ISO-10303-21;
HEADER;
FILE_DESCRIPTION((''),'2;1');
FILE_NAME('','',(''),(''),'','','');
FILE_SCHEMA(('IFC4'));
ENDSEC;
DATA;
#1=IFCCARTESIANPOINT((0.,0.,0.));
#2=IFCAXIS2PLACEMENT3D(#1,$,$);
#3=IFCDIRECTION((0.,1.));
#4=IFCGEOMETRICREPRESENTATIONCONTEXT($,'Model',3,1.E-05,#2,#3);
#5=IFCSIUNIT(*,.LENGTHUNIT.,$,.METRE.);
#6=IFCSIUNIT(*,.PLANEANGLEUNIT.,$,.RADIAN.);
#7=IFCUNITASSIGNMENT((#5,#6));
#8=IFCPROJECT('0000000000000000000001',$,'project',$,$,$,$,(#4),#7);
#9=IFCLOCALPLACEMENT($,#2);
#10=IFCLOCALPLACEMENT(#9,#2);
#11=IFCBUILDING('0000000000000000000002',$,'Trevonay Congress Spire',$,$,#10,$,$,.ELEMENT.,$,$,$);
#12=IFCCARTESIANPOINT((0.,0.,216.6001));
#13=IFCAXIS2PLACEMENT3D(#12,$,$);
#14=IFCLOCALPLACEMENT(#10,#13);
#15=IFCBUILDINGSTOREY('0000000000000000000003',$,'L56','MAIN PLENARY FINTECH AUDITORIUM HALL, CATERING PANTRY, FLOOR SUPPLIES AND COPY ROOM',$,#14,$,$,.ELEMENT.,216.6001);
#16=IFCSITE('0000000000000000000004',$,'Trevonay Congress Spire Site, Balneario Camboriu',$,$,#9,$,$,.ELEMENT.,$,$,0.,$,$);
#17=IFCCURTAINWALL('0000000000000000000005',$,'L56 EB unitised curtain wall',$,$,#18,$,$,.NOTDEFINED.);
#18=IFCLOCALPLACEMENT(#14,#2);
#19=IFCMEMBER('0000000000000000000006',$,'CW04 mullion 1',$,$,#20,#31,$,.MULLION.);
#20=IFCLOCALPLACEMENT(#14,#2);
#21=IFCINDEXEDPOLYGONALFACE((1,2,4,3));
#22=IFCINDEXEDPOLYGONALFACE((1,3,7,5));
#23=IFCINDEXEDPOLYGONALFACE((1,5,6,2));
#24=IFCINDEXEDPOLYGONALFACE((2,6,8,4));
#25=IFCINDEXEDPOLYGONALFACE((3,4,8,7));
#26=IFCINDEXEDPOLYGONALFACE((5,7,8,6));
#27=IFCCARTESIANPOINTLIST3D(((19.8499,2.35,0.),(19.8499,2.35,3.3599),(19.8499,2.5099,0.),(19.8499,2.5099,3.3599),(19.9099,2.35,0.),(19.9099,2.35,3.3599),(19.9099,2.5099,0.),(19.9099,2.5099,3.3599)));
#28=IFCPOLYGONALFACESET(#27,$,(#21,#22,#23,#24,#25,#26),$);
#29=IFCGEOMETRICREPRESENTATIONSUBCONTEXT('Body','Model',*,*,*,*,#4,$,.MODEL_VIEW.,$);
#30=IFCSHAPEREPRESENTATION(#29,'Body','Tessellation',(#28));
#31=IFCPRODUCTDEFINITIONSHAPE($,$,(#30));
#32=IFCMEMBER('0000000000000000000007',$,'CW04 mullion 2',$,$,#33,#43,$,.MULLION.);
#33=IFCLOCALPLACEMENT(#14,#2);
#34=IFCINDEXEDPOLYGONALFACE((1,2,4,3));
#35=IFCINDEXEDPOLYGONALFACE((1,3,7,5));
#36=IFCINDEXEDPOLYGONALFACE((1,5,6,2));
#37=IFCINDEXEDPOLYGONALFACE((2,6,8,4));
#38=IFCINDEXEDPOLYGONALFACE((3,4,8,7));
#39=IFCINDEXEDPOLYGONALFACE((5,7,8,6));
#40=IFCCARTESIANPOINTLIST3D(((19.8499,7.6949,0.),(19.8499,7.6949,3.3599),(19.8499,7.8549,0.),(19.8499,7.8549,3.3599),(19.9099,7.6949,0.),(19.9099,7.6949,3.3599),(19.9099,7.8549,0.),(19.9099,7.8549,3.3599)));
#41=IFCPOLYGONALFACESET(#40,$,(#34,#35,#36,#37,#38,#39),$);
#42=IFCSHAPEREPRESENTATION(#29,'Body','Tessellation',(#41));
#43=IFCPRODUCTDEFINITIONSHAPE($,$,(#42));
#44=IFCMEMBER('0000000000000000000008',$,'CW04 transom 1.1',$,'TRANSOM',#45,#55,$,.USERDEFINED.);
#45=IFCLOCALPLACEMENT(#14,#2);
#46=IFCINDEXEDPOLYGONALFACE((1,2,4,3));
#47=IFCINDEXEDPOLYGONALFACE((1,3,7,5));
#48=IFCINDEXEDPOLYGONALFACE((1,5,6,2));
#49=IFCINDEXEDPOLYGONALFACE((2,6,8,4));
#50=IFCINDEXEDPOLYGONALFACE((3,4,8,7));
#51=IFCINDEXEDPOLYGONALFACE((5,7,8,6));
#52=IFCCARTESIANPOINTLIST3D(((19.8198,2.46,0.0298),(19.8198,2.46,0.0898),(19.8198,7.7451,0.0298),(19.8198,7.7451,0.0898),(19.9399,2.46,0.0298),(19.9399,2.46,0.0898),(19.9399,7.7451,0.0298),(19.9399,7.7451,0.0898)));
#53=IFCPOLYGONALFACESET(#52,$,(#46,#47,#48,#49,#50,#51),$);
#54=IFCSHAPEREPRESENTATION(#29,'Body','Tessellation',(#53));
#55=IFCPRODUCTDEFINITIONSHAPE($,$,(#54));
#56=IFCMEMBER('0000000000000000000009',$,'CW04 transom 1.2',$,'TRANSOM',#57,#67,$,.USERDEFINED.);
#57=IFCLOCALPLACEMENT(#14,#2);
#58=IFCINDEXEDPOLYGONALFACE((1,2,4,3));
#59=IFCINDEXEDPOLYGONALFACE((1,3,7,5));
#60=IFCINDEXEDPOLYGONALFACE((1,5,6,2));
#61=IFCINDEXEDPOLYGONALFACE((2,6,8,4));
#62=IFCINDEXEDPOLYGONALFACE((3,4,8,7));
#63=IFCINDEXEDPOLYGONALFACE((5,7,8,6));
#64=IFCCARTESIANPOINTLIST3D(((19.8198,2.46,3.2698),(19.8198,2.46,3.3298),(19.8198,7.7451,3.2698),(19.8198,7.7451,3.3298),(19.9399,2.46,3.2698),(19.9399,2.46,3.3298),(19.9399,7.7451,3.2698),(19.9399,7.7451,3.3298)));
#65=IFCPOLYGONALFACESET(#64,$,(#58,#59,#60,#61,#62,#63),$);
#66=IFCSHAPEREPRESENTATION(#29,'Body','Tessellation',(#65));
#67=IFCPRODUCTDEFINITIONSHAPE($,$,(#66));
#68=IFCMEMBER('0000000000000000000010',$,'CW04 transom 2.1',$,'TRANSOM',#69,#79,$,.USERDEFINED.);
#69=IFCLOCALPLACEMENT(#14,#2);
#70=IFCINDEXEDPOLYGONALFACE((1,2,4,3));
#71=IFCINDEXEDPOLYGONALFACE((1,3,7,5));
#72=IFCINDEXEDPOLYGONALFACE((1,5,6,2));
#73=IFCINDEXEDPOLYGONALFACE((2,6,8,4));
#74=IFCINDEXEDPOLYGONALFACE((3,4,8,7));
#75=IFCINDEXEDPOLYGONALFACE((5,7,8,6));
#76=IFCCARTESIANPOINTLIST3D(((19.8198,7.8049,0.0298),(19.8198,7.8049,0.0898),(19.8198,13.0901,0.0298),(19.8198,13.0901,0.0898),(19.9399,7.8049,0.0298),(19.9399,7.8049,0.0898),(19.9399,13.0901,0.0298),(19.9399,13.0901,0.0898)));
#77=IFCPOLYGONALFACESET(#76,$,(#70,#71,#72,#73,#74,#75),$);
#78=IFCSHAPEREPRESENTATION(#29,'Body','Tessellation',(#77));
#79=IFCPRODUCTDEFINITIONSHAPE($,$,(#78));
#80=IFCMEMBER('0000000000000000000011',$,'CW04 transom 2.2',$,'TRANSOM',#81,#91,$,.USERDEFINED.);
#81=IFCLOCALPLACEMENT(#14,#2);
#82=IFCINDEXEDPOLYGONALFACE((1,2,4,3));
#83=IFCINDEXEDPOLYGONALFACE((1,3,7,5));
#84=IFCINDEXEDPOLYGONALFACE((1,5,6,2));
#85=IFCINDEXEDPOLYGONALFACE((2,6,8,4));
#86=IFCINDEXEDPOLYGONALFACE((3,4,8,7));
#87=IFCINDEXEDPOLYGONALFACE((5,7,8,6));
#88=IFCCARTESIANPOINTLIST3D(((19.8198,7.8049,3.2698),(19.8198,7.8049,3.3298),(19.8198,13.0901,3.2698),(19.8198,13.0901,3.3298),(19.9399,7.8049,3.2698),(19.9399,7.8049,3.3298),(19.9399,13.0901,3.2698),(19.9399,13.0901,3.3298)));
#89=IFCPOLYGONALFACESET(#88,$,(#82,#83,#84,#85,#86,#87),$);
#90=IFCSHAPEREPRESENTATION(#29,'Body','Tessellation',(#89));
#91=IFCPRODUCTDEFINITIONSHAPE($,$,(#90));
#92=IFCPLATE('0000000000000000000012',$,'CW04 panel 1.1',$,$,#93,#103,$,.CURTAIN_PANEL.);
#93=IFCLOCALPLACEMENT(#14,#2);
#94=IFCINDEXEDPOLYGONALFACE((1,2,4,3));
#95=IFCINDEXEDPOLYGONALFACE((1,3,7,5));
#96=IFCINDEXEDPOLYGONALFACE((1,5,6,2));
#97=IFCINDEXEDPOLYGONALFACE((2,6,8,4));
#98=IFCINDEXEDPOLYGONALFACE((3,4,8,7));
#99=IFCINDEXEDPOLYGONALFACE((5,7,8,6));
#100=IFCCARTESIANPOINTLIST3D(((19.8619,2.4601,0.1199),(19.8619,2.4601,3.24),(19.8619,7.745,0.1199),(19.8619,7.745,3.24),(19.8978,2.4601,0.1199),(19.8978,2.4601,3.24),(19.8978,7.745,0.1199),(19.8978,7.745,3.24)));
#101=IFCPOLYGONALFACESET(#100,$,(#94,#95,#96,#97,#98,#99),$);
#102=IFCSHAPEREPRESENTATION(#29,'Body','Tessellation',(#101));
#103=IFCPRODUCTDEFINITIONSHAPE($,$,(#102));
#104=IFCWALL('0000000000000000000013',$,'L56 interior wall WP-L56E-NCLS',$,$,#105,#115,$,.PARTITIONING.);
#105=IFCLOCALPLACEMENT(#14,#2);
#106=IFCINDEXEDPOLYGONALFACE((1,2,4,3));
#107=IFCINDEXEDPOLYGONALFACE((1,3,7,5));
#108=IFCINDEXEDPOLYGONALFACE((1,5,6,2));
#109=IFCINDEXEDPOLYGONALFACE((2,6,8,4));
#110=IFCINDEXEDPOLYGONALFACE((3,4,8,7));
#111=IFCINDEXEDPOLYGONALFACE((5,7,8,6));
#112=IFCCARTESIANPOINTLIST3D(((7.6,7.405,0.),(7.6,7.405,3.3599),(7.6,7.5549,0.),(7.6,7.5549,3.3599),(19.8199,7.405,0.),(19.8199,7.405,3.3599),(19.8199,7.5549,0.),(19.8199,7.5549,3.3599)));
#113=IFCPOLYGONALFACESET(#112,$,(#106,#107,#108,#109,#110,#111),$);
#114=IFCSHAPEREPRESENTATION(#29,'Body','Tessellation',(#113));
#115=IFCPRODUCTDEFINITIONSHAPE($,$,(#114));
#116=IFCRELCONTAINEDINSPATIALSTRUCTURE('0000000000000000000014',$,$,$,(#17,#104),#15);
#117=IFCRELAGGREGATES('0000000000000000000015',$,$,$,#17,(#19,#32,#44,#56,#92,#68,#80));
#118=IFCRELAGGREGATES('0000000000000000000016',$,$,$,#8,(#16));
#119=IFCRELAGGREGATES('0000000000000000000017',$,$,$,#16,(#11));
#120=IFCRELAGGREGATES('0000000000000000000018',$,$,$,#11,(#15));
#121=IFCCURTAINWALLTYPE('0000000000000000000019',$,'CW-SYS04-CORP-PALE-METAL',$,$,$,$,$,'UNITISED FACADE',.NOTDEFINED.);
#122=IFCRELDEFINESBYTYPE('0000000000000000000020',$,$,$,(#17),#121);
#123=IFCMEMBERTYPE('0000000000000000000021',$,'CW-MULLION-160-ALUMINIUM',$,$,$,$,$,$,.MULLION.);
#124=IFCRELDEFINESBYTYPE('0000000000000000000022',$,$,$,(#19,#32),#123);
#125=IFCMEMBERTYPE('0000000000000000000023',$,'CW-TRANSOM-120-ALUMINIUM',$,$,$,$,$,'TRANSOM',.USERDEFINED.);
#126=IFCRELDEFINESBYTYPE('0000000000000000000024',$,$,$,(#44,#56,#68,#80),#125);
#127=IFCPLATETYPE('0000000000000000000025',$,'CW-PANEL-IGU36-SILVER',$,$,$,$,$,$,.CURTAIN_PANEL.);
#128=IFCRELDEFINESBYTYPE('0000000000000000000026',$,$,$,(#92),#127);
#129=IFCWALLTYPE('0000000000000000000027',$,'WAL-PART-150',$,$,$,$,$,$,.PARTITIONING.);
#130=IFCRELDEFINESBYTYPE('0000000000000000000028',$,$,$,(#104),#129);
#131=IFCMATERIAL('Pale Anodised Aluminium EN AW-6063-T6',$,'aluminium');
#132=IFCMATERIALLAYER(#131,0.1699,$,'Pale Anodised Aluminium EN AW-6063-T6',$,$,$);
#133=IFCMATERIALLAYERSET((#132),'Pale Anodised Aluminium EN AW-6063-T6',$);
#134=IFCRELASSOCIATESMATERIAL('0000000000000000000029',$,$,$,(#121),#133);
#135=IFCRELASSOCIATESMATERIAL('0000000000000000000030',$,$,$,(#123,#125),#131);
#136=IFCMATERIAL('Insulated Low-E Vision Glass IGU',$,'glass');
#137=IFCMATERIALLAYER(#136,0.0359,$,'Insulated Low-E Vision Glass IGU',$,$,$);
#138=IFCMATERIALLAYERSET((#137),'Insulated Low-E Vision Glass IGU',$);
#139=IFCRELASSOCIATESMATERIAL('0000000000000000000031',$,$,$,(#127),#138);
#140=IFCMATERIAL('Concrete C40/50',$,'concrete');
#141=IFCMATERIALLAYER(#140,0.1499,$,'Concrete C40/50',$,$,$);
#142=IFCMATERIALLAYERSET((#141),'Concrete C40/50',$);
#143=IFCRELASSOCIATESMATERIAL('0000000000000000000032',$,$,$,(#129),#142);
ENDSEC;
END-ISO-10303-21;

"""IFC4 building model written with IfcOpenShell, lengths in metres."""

from ifc_helpers import new_model, si_unit, direction, frame, frame_2d, origin, origin_2d, place, context, subcontext, project, spatial, rectangle, extrude, material, layer, layer_set, material_profile, profile_set, type_object, element, aggregate, save


model = new_model("IFC4")

# Units and contexts
model_context = context("Model", 3, precision=1e-05, world=origin(), true_north=direction((0.0, 1.0)))
body_context = subcontext(model_context, "Body", "Model", "MODEL_VIEW")
ifc_project = project(units=[si_unit("LENGTHUNIT", "METRE"), si_unit("PLANEANGLEUNIT", "RADIAN")], contexts=[model_context])

# Site, building, storey
site_placement = place(None, origin())
site = spatial("IfcSite", under=ifc_project, at=site_placement, Name="Trevonay Congress Spire Site, Balneario Camboriu", CompositionType="ELEMENT", RefElevation=0.0)
building_placement = place(site_placement, origin())
building = spatial("IfcBuilding", under=site, at=building_placement, Name="Trevonay Congress Spire", CompositionType="ELEMENT")
storey_placement = place(building_placement, frame((0.0, 0.0, 216.6001)))
storey = spatial("IfcBuildingStorey", under=building, at=storey_placement, Name="L56", Description="MAIN PLENARY FINTECH AUDITORIUM HALL, CATERING PANTRY, FLOOR SUPPLIES AND COPY ROOM", CompositionType="ELEMENT", Elevation=216.6001)

# Curtain wall, members, plate
ifc_material_1 = material(Name="Pale Anodised Aluminium EN AW-6063-T6", Category="aluminium")
ifc_layer_1 = layer(ifc_material_1, 0.1699, Name="Pale Anodised Aluminium EN AW-6063-T6")
ifc_layer_set_1 = layer_set([ifc_layer_1], Name="Pale Anodised Aluminium EN AW-6063-T6")
curtain_wall_type = type_object("IfcCurtainWallType", Name="CW-SYS04-CORP-PALE-METAL", ElementType="UNITISED FACADE", PredefinedType="NOTDEFINED", material=ifc_layer_set_1)
curtain_wall_placement = place(storey_placement, origin())
curtain_wall = element("IfcCurtainWall", 1, at=curtain_wall_placement, inside=storey, type_object=curtain_wall_type, Name="L56 EB unitised curtain wall", PredefinedType="NOTDEFINED")
ifc_material_profile_1 = material_profile(ifc_material_1, rectangle(XDim=0.0601, YDim=0.1599, at=origin_2d()), Name="CW-MULLION-160-ALUMINIUM")
ifc_profile_set_1 = profile_set([ifc_material_profile_1], Name="Pale Anodised Aluminium EN AW-6063-T6")
member_type_1 = type_object("IfcMemberType", Name="CW-MULLION-160-ALUMINIUM", PredefinedType="MULLION", material=ifc_profile_set_1)
member_1_placement = place(storey_placement, frame((19.8799, 2.4299, 0.0), z_axis=(0.0, 0.0, 1.0), x_axis=(-1.0, 0.0, 0.0)))
member_1 = element("IfcMember", 2, at=member_1_placement, type_object=member_type_1, Name="CW04 mullion 1", PredefinedType="MULLION", context=body_context, shape_type="SweptSolid", body=[
    extrude(rectangle(XDim=0.0601, YDim=0.1599, at=origin_2d()), origin(), (0.0, 0.0, 1.0), 3.3599),
])
member_2_placement = place(storey_placement, frame((19.8799, 7.7749, 0.0), z_axis=(0.0, 0.0, 1.0), x_axis=(-1.0, 0.0, 0.0)))
member_2 = element("IfcMember", 3, at=member_2_placement, type_object=member_type_1, Name="CW04 mullion 2", PredefinedType="MULLION", context=body_context, shape_type="SweptSolid", body=[
    extrude(rectangle(XDim=0.0601, YDim=0.1599, at=origin_2d()), origin(), (0.0, 0.0, 1.0), 3.3599),
])
ifc_material_profile_2 = material_profile(ifc_material_1, rectangle(XDim=0.1201, YDim=0.0601, at=origin_2d()), Name="CW-TRANSOM-120-ALUMINIUM")
ifc_profile_set_2 = profile_set([ifc_material_profile_2], Name="Pale Anodised Aluminium EN AW-6063-T6")
member_type_2 = type_object("IfcMemberType", Name="CW-TRANSOM-120-ALUMINIUM", ElementType="TRANSOM", PredefinedType="USERDEFINED", material=ifc_profile_set_2)
member_3_placement = place(storey_placement, frame((19.8799, 2.46, 0.0598), z_axis=(0.0, 1.0, 0.0), x_axis=(-1.0, 0.0, 0.0)))
member_3 = element("IfcMember", 4, at=member_3_placement, type_object=member_type_2, Name="CW04 transom 1.1", ObjectType="TRANSOM", PredefinedType="USERDEFINED", context=body_context, shape_type="SweptSolid", body=[
    extrude(rectangle(XDim=0.1201, YDim=0.0601, at=origin_2d()), origin(), (0.0, 0.0, 1.0), 5.2852),
])
member_4_placement = place(storey_placement, frame((19.8799, 2.46, 3.2998), z_axis=(0.0, 1.0, 0.0), x_axis=(-1.0, 0.0, 0.0)))
member_4 = element("IfcMember", 5, at=member_4_placement, type_object=member_type_2, Name="CW04 transom 1.2", ObjectType="TRANSOM", PredefinedType="USERDEFINED", context=body_context, shape_type="SweptSolid", body=[
    extrude(rectangle(XDim=0.1201, YDim=0.0601, at=origin_2d()), origin(), (0.0, 0.0, 1.0), 5.2852),
])
member_5_placement = place(storey_placement, frame((19.8799, 7.8049, 0.0598), z_axis=(0.0, 1.0, 0.0), x_axis=(-1.0, 0.0, 0.0)))
member_5 = element("IfcMember", 6, at=member_5_placement, type_object=member_type_2, Name="CW04 transom 2.1", ObjectType="TRANSOM", PredefinedType="USERDEFINED", context=body_context, shape_type="SweptSolid", body=[
    extrude(rectangle(XDim=0.1201, YDim=0.0601, at=origin_2d()), origin(), (0.0, 0.0, 1.0), 5.2852),
])
member_6_placement = place(storey_placement, frame((19.8799, 7.8049, 3.2998), z_axis=(0.0, 1.0, 0.0), x_axis=(-1.0, 0.0, 0.0)))
member_6 = element("IfcMember", 7, at=member_6_placement, type_object=member_type_2, Name="CW04 transom 2.2", ObjectType="TRANSOM", PredefinedType="USERDEFINED", context=body_context, shape_type="SweptSolid", body=[
    extrude(rectangle(XDim=0.1201, YDim=0.0601, at=origin_2d()), origin(), (0.0, 0.0, 1.0), 5.2852),
])
ifc_material_2 = material(Name="Insulated Low-E Vision Glass IGU", Category="glass")
ifc_layer_2 = layer(ifc_material_2, 0.0359, Name="Insulated Low-E Vision Glass IGU")
ifc_layer_set_2 = layer_set([ifc_layer_2], Name="Insulated Low-E Vision Glass IGU")
plate_type = type_object("IfcPlateType", Name="CW-PANEL-IGU36-SILVER", PredefinedType="CURTAIN_PANEL", material=ifc_layer_set_2)
plate_placement = place(storey_placement, frame((19.8799, 5.1025, 0.1199), z_axis=(0.0, 0.0, 1.0), x_axis=(0.0, 1.0, 0.0)))
plate = element("IfcPlate", 8, at=plate_placement, type_object=plate_type, Name="CW04 panel 1.1", PredefinedType="CURTAIN_PANEL", context=body_context, shape_type="SweptSolid", body=[
    extrude(rectangle(XDim=5.2849, YDim=0.0359, at=origin_2d()), origin(), (0.0, 0.0, 1.0), 3.1201),
])
aggregate(curtain_wall, [member_1, member_2, member_3, member_4, plate, member_5, member_6])

# Wall
ifc_material_3 = material(Name="Concrete C40/50", Category="concrete")
ifc_layer_3 = layer(ifc_material_3, 0.1499, Name="Concrete C40/50")
ifc_layer_set_3 = layer_set([ifc_layer_3], Name="Concrete C40/50")
wall_type = type_object("IfcWallType", Name="WAL-PART-150", PredefinedType="PARTITIONING", material=ifc_layer_set_3)
wall_placement = place(storey_placement, frame((7.6001, 7.48, 0.0), z_axis=(0.0, 0.0, 1.0), x_axis=(1.0, 0.0, 0.0)))
element("IfcWall", 9, at=wall_placement, inside=storey, type_object=wall_type, Name="L56 interior wall WP-L56E-NCLS", PredefinedType="PARTITIONING", context=body_context, shape_type="SweptSolid", body=[
    extrude(rectangle(XDim=12.22, YDim=0.1499, at=frame_2d((6.1099, 0.0))), origin(), (0.0, 0.0, 1.0), 3.3599),
])

save(model, "model.ifc")
